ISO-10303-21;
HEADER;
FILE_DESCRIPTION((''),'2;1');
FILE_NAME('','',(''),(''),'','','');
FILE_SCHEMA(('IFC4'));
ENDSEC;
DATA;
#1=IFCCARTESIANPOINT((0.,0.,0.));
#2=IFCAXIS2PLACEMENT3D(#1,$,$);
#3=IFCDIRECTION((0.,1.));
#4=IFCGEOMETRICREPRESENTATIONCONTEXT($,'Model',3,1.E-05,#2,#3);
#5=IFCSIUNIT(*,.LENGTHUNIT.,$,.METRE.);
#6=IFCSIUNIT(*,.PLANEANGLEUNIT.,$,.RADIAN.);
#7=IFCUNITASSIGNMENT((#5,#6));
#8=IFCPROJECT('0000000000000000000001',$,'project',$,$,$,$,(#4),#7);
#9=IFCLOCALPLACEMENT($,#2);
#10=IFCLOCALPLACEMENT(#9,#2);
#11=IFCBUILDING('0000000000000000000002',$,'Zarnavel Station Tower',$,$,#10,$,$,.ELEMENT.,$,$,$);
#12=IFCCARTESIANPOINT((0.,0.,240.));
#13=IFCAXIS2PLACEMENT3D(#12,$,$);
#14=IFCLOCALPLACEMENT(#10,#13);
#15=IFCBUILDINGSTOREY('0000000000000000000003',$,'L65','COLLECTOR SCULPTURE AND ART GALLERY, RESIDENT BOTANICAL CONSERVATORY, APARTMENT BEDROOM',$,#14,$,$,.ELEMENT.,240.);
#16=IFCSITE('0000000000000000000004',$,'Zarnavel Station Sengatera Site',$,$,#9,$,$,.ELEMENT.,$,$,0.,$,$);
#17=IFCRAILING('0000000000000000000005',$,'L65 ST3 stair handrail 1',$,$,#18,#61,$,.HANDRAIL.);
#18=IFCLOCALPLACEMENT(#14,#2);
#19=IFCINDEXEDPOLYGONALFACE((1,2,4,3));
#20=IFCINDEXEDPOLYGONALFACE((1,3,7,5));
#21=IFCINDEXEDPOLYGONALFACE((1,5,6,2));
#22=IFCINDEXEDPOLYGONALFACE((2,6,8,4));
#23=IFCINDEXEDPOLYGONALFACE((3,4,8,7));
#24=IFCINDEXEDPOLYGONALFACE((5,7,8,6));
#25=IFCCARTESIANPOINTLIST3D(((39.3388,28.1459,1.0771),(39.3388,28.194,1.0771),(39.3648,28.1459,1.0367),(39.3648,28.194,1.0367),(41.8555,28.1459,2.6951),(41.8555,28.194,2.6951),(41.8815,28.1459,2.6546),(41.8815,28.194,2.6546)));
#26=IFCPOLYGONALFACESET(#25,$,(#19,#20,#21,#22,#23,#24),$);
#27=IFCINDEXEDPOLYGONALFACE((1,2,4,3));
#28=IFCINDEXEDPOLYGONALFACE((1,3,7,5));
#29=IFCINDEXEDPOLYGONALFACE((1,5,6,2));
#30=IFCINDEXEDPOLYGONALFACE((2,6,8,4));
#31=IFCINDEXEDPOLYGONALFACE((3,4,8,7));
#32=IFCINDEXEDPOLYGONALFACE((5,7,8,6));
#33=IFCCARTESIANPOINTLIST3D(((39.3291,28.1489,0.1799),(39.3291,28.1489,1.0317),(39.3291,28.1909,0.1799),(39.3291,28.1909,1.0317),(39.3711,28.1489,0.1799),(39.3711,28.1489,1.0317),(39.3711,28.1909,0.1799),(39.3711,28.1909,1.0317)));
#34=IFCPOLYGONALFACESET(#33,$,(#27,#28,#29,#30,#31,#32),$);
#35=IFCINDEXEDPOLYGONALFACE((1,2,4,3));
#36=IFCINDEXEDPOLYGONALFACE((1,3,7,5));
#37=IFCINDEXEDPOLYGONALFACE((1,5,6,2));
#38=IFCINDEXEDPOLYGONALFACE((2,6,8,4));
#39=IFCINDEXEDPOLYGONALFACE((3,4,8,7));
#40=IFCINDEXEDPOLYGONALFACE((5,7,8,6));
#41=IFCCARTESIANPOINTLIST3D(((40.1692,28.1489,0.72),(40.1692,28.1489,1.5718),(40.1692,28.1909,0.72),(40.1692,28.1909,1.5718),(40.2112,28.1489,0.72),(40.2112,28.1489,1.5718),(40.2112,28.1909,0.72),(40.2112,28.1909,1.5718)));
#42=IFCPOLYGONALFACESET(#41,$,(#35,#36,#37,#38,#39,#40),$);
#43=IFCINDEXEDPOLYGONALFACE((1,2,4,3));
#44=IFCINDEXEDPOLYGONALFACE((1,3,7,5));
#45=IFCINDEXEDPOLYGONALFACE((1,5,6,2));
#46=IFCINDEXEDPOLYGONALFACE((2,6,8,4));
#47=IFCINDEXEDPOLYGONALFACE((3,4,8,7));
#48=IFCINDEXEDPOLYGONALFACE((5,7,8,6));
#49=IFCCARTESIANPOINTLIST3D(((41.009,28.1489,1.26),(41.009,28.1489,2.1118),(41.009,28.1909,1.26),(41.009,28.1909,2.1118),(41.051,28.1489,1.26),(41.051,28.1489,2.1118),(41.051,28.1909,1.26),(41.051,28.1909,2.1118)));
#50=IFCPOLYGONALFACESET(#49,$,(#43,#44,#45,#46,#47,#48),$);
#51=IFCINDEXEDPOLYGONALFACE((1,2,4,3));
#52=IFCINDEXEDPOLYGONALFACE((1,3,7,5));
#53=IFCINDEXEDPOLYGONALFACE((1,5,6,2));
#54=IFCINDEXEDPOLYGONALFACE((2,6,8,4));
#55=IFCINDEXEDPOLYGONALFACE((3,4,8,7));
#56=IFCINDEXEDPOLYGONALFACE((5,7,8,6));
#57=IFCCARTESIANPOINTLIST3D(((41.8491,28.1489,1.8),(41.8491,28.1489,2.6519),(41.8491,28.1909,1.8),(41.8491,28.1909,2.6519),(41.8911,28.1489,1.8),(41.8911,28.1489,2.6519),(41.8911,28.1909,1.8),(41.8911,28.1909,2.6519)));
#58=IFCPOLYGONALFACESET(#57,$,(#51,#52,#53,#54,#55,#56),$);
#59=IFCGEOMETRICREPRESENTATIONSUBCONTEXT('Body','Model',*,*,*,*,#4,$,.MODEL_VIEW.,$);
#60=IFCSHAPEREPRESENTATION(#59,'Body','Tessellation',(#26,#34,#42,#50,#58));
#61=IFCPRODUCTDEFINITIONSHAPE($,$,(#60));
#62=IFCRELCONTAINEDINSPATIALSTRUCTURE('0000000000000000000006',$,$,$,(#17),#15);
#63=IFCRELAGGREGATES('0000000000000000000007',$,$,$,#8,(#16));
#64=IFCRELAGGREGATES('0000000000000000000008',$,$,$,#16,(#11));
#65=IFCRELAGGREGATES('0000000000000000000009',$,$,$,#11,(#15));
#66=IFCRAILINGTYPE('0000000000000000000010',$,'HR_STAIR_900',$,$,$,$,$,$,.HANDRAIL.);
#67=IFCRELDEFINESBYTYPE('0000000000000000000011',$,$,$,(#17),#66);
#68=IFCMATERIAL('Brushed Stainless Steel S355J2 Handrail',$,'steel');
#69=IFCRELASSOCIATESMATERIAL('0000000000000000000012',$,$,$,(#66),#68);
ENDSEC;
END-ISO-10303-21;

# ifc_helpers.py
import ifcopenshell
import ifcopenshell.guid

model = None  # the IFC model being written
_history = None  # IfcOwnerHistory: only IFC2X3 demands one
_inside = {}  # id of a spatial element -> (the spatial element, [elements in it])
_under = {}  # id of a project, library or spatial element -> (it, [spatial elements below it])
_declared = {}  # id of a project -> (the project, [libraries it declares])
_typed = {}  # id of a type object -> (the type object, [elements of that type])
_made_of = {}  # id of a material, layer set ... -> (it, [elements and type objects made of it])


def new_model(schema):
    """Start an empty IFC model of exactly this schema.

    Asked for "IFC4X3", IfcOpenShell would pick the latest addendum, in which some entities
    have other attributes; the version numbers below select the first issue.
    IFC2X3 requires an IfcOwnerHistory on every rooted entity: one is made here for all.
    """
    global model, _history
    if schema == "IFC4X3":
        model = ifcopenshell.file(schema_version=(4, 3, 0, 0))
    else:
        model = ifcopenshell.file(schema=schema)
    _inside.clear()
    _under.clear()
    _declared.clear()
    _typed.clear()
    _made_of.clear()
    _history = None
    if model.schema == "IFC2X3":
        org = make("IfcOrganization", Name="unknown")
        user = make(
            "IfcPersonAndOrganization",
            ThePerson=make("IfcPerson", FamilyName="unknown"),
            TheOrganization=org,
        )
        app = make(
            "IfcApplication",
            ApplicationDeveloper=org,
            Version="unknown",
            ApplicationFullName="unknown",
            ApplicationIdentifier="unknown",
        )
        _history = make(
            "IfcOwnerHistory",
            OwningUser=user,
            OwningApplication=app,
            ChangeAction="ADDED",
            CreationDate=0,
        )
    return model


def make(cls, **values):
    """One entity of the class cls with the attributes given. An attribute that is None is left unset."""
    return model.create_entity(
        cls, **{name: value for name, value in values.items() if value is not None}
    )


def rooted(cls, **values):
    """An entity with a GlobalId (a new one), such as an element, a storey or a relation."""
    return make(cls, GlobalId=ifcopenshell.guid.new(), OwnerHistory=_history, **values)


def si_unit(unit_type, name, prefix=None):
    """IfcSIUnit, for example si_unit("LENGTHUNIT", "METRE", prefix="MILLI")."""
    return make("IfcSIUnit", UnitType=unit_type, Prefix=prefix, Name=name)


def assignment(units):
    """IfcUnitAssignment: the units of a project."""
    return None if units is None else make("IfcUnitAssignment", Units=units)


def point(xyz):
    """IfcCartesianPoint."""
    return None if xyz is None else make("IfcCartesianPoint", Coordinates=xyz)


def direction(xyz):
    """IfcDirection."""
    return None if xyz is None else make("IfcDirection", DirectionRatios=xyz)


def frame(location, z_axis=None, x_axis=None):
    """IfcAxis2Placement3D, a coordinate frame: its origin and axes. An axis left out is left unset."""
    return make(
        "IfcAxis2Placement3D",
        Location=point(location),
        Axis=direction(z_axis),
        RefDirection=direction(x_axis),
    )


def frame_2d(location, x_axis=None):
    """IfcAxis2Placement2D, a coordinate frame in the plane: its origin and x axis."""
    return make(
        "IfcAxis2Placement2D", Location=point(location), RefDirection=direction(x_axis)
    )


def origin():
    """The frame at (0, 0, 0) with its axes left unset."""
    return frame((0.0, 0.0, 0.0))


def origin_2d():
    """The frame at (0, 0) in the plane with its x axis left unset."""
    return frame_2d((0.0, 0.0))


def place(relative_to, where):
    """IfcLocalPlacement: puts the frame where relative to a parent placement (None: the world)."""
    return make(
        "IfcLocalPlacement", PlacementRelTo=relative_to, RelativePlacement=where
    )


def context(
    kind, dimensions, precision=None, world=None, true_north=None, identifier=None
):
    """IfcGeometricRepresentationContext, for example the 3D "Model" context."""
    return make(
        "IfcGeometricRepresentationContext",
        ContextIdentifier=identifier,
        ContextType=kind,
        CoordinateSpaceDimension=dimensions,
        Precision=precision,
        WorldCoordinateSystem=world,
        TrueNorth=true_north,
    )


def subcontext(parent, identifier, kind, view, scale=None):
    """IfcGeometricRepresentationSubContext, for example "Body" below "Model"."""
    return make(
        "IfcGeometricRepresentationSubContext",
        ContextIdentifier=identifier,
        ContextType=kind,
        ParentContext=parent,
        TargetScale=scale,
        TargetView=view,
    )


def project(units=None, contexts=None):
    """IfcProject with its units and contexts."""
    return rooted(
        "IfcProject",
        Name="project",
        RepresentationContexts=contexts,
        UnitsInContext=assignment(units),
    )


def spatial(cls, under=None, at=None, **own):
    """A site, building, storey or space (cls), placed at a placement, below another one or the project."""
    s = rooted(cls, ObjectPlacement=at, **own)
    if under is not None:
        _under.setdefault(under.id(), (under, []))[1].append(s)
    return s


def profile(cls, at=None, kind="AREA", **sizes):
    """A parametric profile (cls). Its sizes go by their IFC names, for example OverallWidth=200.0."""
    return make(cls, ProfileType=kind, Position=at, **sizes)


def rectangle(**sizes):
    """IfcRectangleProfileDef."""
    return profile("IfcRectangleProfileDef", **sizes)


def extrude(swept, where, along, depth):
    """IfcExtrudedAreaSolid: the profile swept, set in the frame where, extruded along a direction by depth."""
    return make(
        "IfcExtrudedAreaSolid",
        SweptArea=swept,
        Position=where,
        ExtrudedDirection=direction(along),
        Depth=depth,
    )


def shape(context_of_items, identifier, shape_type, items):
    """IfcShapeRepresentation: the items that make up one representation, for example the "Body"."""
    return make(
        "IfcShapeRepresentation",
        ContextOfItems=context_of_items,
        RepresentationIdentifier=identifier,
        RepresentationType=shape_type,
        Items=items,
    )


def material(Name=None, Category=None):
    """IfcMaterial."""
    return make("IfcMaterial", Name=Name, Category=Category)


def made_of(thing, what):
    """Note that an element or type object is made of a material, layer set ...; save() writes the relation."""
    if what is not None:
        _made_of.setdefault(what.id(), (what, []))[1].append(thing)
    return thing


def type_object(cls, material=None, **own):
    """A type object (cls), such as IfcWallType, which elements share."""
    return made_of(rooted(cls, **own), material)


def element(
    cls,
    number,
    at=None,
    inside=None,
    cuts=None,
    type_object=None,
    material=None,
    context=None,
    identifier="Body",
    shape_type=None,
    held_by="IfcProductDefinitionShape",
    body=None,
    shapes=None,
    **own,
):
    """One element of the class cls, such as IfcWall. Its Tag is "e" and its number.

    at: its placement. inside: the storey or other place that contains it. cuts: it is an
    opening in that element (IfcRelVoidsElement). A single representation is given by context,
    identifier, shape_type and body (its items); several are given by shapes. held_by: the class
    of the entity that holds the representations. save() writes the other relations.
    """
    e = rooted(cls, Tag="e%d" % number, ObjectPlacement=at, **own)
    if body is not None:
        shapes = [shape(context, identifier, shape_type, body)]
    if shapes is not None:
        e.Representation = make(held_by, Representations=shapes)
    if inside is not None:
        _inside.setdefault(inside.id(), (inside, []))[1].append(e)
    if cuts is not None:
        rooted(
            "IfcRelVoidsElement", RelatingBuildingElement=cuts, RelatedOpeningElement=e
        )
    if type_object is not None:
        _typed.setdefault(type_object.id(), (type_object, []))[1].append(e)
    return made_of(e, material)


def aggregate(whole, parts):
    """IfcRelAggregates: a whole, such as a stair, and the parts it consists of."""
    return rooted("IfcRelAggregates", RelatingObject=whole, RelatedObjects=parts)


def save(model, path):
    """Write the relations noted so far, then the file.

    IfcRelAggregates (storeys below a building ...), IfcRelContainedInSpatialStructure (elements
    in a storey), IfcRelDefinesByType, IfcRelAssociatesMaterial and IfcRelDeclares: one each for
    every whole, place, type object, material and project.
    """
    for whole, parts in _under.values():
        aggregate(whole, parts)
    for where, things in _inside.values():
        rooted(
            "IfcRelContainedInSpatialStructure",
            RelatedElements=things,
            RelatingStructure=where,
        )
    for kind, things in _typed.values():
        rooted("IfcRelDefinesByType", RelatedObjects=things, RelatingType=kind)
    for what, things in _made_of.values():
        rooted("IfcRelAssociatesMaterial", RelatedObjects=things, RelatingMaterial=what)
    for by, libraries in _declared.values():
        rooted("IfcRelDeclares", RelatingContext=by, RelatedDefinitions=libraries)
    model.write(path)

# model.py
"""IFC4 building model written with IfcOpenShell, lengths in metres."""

from ifc_helpers import new_model, si_unit, direction, frame, origin, origin_2d, place, context, subcontext, project, spatial, rectangle, extrude, material, type_object, element, save


model = new_model("IFC4")

# Units and contexts
model_context = context("Model", 3, precision=1e-05, world=origin(), true_north=direction((0.0, 1.0)))
body_context = subcontext(model_context, "Body", "Model", "MODEL_VIEW")
ifc_project = project(units=[si_unit("LENGTHUNIT", "METRE"), si_unit("PLANEANGLEUNIT", "RADIAN")], contexts=[model_context])

# Site, building, storey
site_placement = place(None, origin())
site = spatial("IfcSite", under=ifc_project, at=site_placement, Name="Zarnavel Station Sengatera Site", CompositionType="ELEMENT", RefElevation=0.0)
building_placement = place(site_placement, origin())
building = spatial("IfcBuilding", under=site, at=building_placement, Name="Zarnavel Station Tower", CompositionType="ELEMENT")
storey_placement = place(building_placement, frame((0.0, 0.0, 240.0)))
storey = spatial("IfcBuildingStorey", under=building, at=storey_placement, Name="L65", Description="COLLECTOR SCULPTURE AND ART GALLERY, RESIDENT BOTANICAL CONSERVATORY, APARTMENT BEDROOM", CompositionType="ELEMENT", Elevation=240.0)

# Railing
ifc_material_1 = material(Name="Brushed Stainless Steel S355J2 Handrail", Category="steel")
railing_type_1 = type_object("IfcRailingType", Name="HR_STAIR_900", PredefinedType="HANDRAIL", material=ifc_material_1)
railing_1_placement = place(storey_placement, frame((39.3501, 28.1699, 0.1799)))
element("IfcRailing", 1, at=railing_1_placement, inside=storey, type_object=railing_type_1, Name="L65 ST3 stair handrail 1", PredefinedType="HANDRAIL", context=body_context, shape_type="SweptSolid", body=[
    extrude(rectangle(XDim=0.0481, YDim=0.0481, at=origin_2d()), frame((0.0017, 0.0, 0.877), z_axis=(0.841163, 0.0, 0.540782), x_axis=(0.0, 1.0, 0.0)), (0.0, 0.0, 1.0), 2.9919),
    extrude(rectangle(XDim=0.042, YDim=0.042, at=origin_2d()), origin(), (0.0, 0.0, 1.0), 0.8518),
    extrude(rectangle(XDim=0.042, YDim=0.042, at=origin_2d()), frame((0.8401, 0.0, 0.54)), (0.0, 0.0, 1.0), 0.8518),
    extrude(rectangle(XDim=0.042, YDim=0.042, at=origin_2d()), frame((1.6799, 0.0, 1.0801)), (0.0, 0.0, 1.0), 0.8518),
    extrude(rectangle(XDim=0.042, YDim=0.042, at=origin_2d()), frame((2.52, 0.0, 1.6201)), (0.0, 0.0, 1.0), 0.8518),
])

save(model, "model.ifc")
